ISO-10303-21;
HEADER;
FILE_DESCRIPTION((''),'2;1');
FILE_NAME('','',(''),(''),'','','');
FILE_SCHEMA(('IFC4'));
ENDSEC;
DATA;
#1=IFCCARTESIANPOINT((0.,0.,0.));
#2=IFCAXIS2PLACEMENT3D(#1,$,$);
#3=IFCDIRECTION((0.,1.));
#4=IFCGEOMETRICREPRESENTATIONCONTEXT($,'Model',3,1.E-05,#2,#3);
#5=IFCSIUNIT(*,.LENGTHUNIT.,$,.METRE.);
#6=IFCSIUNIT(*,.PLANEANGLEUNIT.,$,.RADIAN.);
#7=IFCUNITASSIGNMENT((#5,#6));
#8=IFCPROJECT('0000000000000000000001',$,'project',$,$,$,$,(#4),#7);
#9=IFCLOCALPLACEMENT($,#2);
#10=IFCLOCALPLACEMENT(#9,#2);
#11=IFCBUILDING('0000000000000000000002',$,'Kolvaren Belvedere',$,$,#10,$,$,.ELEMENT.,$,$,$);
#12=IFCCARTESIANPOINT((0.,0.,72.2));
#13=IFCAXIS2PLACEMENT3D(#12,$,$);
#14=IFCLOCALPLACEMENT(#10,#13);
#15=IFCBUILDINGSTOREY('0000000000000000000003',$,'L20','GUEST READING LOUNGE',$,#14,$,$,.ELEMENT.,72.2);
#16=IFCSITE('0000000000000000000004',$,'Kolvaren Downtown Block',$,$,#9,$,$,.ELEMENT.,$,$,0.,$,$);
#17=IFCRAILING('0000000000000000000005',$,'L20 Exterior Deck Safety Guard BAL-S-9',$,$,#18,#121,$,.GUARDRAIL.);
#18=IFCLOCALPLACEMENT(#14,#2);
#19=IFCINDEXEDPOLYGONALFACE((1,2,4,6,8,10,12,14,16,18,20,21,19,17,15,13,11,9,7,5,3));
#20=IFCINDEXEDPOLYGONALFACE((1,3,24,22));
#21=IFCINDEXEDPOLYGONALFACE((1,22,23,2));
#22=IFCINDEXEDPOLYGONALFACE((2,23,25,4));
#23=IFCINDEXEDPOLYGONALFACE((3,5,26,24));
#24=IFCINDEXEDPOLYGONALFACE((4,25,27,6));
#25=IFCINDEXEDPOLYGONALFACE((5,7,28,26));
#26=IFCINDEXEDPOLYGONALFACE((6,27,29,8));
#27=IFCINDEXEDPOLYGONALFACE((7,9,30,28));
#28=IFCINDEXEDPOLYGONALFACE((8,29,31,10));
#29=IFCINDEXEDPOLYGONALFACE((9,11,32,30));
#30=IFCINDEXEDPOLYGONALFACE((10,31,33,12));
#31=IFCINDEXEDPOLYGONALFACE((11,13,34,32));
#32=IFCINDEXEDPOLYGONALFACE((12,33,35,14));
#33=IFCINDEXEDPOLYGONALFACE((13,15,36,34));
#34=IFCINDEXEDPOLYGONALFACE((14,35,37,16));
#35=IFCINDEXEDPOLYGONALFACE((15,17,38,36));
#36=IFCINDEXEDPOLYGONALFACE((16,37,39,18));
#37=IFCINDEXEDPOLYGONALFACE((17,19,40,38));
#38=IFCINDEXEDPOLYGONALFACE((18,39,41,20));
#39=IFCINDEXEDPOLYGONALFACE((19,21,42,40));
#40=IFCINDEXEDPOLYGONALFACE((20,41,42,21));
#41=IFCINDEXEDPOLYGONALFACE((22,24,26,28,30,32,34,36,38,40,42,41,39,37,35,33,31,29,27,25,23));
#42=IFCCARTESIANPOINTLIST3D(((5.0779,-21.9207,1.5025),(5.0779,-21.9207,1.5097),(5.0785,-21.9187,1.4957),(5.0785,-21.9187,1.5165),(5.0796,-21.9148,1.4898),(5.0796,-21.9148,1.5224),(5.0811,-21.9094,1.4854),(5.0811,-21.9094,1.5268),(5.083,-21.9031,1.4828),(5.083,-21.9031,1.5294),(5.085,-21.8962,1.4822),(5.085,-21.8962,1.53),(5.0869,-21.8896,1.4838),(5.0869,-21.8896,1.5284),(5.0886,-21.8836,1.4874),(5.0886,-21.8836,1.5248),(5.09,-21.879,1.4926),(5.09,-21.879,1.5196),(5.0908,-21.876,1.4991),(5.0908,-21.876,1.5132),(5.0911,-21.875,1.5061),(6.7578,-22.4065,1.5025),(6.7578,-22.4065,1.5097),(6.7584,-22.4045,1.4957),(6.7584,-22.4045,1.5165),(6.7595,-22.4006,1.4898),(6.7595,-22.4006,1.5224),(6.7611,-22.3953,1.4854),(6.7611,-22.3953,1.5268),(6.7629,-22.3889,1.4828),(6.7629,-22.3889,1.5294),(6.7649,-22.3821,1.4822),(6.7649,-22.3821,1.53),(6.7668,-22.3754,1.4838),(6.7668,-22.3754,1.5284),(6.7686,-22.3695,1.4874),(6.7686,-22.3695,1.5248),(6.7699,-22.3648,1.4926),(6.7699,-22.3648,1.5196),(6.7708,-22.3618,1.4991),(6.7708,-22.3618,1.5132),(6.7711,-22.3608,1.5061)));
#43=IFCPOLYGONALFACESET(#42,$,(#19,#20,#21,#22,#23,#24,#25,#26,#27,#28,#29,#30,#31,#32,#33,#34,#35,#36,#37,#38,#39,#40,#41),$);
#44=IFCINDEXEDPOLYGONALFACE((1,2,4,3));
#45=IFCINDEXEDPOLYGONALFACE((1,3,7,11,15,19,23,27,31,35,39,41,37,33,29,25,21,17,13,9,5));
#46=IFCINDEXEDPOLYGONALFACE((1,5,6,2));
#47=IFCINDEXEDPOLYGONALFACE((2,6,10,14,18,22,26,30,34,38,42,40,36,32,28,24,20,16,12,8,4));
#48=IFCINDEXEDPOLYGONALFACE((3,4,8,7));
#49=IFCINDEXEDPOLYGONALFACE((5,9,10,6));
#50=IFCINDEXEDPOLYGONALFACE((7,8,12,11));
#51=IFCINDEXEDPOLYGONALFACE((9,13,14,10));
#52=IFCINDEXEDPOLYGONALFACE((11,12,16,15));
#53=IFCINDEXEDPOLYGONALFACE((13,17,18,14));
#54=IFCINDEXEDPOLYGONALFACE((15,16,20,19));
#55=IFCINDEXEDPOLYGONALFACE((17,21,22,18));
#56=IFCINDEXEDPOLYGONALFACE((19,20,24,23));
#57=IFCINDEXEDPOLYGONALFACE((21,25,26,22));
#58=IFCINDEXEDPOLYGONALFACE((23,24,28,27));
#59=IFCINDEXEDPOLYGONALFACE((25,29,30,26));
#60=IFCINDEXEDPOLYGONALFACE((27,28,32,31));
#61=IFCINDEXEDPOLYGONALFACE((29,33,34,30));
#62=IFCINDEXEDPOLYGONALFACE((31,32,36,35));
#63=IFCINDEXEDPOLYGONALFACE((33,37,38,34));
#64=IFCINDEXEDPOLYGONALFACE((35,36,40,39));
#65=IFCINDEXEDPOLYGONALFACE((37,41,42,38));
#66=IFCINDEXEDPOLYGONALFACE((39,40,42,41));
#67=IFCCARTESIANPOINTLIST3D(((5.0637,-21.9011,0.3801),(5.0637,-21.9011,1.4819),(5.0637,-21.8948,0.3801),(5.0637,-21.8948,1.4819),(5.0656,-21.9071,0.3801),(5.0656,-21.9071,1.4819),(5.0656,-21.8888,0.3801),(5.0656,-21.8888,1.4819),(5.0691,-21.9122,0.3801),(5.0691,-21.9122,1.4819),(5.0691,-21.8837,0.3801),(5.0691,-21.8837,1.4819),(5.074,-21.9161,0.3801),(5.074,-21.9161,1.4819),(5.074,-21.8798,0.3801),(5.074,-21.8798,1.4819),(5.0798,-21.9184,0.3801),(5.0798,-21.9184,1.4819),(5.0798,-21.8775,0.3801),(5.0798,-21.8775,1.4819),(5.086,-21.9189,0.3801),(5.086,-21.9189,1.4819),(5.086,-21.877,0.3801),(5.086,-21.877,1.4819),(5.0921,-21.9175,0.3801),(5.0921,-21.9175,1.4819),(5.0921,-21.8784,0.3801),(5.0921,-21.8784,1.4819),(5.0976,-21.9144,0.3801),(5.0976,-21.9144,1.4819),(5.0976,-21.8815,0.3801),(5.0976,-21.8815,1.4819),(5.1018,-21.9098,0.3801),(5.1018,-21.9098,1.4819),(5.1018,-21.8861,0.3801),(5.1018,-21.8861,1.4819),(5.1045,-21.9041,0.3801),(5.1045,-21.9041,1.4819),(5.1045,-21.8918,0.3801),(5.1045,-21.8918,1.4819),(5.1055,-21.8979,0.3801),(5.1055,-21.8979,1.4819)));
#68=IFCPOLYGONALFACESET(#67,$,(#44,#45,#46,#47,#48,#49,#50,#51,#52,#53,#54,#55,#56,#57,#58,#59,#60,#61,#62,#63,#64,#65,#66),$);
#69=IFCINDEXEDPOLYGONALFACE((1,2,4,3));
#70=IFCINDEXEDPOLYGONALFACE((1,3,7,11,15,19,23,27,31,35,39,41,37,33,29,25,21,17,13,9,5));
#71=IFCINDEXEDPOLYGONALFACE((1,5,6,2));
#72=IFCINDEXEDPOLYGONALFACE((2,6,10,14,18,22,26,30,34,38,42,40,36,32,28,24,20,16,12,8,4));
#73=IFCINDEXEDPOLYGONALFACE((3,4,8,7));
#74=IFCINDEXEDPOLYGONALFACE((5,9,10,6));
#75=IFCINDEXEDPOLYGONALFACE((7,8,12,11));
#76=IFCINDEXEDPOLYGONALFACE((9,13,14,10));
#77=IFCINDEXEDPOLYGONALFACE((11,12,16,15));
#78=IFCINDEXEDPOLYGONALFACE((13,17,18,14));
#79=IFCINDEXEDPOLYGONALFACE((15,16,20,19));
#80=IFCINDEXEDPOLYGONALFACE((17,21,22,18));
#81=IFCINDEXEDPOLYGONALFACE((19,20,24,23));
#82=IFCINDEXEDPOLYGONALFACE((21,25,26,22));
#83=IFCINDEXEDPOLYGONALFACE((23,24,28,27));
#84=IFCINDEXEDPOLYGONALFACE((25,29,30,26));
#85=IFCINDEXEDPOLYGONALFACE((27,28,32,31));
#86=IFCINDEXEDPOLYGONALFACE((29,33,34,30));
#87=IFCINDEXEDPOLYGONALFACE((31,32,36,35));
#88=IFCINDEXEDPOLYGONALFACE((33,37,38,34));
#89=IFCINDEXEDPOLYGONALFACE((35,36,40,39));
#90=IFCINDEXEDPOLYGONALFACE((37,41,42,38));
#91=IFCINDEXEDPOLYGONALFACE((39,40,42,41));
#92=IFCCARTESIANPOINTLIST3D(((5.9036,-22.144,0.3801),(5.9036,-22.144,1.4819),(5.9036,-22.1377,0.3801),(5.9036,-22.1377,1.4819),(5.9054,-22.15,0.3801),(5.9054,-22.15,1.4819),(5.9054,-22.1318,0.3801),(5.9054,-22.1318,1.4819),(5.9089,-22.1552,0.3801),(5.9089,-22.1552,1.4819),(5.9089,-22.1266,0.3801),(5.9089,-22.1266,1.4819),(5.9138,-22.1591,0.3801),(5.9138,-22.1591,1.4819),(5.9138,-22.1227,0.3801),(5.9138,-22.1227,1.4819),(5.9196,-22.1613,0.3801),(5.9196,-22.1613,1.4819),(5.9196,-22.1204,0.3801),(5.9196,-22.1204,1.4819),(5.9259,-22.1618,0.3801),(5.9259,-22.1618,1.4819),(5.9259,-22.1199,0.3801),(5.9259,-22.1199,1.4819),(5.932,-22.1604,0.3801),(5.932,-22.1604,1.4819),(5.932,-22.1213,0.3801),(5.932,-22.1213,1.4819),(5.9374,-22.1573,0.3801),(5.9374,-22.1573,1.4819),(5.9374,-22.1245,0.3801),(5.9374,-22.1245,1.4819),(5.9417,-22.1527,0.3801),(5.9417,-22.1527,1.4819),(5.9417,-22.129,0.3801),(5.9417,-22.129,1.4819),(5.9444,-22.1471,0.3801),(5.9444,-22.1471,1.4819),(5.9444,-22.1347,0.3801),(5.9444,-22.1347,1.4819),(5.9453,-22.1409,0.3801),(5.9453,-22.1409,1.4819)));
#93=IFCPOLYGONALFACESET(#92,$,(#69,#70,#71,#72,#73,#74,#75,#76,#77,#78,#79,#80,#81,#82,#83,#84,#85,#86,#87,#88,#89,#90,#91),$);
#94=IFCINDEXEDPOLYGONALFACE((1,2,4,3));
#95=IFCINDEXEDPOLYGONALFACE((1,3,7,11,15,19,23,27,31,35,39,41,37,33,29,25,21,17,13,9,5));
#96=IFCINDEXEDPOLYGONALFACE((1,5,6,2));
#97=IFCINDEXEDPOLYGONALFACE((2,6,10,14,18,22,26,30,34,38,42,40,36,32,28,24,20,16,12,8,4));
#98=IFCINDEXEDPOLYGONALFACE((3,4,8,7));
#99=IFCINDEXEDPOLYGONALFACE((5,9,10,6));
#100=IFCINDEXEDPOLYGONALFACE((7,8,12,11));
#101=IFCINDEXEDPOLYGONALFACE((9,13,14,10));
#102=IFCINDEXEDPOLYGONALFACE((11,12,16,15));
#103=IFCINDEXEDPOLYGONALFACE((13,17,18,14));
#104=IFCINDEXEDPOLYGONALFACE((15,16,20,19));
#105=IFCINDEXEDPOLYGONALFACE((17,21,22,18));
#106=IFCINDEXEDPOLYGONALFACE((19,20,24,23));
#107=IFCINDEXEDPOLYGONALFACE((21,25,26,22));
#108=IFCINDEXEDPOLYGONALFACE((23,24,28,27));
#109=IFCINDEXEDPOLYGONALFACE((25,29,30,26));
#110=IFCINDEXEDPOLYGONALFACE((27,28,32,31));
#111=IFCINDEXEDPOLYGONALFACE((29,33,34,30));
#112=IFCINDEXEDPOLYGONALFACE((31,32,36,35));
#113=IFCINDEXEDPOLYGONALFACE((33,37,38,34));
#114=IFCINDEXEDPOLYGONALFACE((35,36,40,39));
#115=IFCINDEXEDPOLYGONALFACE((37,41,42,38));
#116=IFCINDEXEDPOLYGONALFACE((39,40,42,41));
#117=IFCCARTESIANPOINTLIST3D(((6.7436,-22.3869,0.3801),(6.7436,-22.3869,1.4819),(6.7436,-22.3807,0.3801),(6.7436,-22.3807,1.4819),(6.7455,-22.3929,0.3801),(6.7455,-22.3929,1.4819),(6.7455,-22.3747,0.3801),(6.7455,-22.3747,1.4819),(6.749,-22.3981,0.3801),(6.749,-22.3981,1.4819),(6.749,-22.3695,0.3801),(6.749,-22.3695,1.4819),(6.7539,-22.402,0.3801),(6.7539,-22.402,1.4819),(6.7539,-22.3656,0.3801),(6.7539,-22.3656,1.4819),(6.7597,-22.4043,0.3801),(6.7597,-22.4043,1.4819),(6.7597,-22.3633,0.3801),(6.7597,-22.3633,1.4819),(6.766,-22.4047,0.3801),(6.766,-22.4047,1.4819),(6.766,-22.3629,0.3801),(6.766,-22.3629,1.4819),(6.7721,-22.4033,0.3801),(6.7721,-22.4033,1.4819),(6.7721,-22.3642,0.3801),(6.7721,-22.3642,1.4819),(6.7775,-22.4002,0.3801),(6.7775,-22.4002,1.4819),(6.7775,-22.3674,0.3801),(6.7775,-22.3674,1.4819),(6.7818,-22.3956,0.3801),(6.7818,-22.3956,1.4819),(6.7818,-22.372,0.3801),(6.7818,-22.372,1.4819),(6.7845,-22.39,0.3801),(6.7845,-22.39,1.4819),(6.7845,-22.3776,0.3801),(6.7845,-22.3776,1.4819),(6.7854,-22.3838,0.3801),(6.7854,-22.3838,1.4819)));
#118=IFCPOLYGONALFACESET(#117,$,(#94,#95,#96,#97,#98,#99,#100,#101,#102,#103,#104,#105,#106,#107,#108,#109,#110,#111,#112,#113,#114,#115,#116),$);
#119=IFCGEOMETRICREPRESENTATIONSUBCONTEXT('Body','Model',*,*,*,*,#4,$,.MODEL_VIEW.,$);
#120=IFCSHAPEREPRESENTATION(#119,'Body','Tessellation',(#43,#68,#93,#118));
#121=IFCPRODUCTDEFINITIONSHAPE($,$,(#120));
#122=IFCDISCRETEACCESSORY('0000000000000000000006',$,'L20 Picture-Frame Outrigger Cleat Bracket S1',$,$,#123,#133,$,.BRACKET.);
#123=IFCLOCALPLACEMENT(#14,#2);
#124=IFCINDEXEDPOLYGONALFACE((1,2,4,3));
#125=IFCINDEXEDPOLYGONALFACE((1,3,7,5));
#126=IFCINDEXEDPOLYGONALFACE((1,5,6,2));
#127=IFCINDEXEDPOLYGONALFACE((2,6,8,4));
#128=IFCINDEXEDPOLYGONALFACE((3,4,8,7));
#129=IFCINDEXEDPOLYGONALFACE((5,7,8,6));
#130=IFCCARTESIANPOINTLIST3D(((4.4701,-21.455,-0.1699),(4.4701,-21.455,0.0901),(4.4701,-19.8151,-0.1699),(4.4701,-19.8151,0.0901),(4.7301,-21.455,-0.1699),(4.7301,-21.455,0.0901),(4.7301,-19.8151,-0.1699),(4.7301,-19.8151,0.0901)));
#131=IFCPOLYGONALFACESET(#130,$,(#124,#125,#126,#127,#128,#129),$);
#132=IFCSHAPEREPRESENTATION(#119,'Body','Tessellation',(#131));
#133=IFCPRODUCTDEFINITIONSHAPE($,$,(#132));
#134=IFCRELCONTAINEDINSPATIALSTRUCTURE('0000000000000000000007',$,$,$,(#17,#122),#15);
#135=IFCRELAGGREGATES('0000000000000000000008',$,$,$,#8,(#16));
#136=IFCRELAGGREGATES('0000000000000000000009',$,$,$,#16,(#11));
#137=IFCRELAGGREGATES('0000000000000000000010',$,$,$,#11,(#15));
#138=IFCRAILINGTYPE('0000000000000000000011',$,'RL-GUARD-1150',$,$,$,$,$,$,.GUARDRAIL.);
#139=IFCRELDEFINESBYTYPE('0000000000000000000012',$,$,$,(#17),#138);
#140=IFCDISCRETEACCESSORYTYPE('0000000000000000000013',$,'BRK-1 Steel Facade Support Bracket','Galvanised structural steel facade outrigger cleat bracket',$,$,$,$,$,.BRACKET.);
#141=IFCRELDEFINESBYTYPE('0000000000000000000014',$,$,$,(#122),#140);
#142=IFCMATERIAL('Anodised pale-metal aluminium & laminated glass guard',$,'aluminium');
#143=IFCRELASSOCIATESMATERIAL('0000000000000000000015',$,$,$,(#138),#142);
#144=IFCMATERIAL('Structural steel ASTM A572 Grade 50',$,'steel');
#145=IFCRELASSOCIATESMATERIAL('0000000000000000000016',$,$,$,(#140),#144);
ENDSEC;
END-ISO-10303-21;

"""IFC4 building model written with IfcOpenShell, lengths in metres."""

from ifc_helpers import new_model, si_unit, direction, frame, origin, origin_2d, place, context, subcontext, project, spatial, rectangle, circle, extrude, material, type_object, element, save


model = new_model("IFC4")

# Units and contexts
model_context = context("Model", 3, precision=1e-05, world=origin(), true_north=direction((0.0, 1.0)))
body_context = subcontext(model_context, "Body", "Model", "MODEL_VIEW")
ifc_project = project(units=[si_unit("LENGTHUNIT", "METRE"), si_unit("PLANEANGLEUNIT", "RADIAN")], contexts=[model_context])

# Site, building, storey
site_placement = place(None, origin())
site = spatial("IfcSite", under=ifc_project, at=site_placement, Name="Kolvaren Downtown Block", CompositionType="ELEMENT", RefElevation=0.0)
building_placement = place(site_placement, origin())
building = spatial("IfcBuilding", under=site, at=building_placement, Name="Kolvaren Belvedere", CompositionType="ELEMENT")
storey_placement = place(building_placement, frame((0.0, 0.0, 72.2)))
storey = spatial("IfcBuildingStorey", under=building, at=storey_placement, Name="L20", Description="GUEST READING LOUNGE", CompositionType="ELEMENT", Elevation=72.2)

# Railing
ifc_material_1 = material(Name="Anodised pale-metal aluminium & laminated glass guard", Category="aluminium")
railing_type = type_object("IfcRailingType", Name="RL-GUARD-1150", PredefinedType="GUARDRAIL", material=ifc_material_1)
railing_1_placement = place(storey_placement, frame((5.0845, -21.8979, 0.3801)))
element("IfcRailing", 1, at=railing_1_placement, inside=storey, type_object=railing_type, Name="L20 Exterior Deck Safety Guard BAL-S-9", PredefinedType="GUARDRAIL", context=body_context, shape_type="SweptSolid", body=[
    extrude(circle(Radius=0.0239, at=origin_2d()), frame((0.0, 0.0, 1.126), z_axis=(0.960634, -0.277817, 0.0), x_axis=(0.277817, 0.960634, 0.0)), (0.0, 0.0, 1.0), 1.7488),
    extrude(circle(Radius=0.021, at=origin_2d()), origin(), (0.0, 0.0, 1.0), 1.1018),
    extrude(circle(Radius=0.021, at=origin_2d()), frame((0.8398, -0.2429, 0.0)), (0.0, 0.0, 1.0), 1.1018),
    extrude(circle(Radius=0.021, at=origin_2d()), frame((1.6799, -0.4858, 0.0)), (0.0, 0.0, 1.0), 1.1018),
])

# Discrete accessory
ifc_material_2 = material(Name="Structural steel ASTM A572 Grade 50", Category="steel")
discrete_accessory_type = type_object("IfcDiscreteAccessoryType", Name="BRK-1 Steel Facade Support Bracket", Description="Galvanised structural steel facade outrigger cleat bracket", PredefinedType="BRACKET", material=ifc_material_2)
discrete_accessory_placement = place(storey_placement, frame((4.6001, -20.635, -0.1699), z_axis=(0.0, 0.0, 1.0), x_axis=(0.0, 1.0, 0.0)))
element("IfcDiscreteAccessory", 2, at=discrete_accessory_placement, inside=storey, type_object=discrete_accessory_type, Name="L20 Picture-Frame Outrigger Cleat Bracket S1", PredefinedType="BRACKET", context=body_context, shape_type="SweptSolid", body=[
    extrude(rectangle(XDim=1.6399, YDim=0.26, at=origin_2d()), origin(), (0.0, 0.0, 1.0), 0.26),
])

save(model, "model.ifc")
